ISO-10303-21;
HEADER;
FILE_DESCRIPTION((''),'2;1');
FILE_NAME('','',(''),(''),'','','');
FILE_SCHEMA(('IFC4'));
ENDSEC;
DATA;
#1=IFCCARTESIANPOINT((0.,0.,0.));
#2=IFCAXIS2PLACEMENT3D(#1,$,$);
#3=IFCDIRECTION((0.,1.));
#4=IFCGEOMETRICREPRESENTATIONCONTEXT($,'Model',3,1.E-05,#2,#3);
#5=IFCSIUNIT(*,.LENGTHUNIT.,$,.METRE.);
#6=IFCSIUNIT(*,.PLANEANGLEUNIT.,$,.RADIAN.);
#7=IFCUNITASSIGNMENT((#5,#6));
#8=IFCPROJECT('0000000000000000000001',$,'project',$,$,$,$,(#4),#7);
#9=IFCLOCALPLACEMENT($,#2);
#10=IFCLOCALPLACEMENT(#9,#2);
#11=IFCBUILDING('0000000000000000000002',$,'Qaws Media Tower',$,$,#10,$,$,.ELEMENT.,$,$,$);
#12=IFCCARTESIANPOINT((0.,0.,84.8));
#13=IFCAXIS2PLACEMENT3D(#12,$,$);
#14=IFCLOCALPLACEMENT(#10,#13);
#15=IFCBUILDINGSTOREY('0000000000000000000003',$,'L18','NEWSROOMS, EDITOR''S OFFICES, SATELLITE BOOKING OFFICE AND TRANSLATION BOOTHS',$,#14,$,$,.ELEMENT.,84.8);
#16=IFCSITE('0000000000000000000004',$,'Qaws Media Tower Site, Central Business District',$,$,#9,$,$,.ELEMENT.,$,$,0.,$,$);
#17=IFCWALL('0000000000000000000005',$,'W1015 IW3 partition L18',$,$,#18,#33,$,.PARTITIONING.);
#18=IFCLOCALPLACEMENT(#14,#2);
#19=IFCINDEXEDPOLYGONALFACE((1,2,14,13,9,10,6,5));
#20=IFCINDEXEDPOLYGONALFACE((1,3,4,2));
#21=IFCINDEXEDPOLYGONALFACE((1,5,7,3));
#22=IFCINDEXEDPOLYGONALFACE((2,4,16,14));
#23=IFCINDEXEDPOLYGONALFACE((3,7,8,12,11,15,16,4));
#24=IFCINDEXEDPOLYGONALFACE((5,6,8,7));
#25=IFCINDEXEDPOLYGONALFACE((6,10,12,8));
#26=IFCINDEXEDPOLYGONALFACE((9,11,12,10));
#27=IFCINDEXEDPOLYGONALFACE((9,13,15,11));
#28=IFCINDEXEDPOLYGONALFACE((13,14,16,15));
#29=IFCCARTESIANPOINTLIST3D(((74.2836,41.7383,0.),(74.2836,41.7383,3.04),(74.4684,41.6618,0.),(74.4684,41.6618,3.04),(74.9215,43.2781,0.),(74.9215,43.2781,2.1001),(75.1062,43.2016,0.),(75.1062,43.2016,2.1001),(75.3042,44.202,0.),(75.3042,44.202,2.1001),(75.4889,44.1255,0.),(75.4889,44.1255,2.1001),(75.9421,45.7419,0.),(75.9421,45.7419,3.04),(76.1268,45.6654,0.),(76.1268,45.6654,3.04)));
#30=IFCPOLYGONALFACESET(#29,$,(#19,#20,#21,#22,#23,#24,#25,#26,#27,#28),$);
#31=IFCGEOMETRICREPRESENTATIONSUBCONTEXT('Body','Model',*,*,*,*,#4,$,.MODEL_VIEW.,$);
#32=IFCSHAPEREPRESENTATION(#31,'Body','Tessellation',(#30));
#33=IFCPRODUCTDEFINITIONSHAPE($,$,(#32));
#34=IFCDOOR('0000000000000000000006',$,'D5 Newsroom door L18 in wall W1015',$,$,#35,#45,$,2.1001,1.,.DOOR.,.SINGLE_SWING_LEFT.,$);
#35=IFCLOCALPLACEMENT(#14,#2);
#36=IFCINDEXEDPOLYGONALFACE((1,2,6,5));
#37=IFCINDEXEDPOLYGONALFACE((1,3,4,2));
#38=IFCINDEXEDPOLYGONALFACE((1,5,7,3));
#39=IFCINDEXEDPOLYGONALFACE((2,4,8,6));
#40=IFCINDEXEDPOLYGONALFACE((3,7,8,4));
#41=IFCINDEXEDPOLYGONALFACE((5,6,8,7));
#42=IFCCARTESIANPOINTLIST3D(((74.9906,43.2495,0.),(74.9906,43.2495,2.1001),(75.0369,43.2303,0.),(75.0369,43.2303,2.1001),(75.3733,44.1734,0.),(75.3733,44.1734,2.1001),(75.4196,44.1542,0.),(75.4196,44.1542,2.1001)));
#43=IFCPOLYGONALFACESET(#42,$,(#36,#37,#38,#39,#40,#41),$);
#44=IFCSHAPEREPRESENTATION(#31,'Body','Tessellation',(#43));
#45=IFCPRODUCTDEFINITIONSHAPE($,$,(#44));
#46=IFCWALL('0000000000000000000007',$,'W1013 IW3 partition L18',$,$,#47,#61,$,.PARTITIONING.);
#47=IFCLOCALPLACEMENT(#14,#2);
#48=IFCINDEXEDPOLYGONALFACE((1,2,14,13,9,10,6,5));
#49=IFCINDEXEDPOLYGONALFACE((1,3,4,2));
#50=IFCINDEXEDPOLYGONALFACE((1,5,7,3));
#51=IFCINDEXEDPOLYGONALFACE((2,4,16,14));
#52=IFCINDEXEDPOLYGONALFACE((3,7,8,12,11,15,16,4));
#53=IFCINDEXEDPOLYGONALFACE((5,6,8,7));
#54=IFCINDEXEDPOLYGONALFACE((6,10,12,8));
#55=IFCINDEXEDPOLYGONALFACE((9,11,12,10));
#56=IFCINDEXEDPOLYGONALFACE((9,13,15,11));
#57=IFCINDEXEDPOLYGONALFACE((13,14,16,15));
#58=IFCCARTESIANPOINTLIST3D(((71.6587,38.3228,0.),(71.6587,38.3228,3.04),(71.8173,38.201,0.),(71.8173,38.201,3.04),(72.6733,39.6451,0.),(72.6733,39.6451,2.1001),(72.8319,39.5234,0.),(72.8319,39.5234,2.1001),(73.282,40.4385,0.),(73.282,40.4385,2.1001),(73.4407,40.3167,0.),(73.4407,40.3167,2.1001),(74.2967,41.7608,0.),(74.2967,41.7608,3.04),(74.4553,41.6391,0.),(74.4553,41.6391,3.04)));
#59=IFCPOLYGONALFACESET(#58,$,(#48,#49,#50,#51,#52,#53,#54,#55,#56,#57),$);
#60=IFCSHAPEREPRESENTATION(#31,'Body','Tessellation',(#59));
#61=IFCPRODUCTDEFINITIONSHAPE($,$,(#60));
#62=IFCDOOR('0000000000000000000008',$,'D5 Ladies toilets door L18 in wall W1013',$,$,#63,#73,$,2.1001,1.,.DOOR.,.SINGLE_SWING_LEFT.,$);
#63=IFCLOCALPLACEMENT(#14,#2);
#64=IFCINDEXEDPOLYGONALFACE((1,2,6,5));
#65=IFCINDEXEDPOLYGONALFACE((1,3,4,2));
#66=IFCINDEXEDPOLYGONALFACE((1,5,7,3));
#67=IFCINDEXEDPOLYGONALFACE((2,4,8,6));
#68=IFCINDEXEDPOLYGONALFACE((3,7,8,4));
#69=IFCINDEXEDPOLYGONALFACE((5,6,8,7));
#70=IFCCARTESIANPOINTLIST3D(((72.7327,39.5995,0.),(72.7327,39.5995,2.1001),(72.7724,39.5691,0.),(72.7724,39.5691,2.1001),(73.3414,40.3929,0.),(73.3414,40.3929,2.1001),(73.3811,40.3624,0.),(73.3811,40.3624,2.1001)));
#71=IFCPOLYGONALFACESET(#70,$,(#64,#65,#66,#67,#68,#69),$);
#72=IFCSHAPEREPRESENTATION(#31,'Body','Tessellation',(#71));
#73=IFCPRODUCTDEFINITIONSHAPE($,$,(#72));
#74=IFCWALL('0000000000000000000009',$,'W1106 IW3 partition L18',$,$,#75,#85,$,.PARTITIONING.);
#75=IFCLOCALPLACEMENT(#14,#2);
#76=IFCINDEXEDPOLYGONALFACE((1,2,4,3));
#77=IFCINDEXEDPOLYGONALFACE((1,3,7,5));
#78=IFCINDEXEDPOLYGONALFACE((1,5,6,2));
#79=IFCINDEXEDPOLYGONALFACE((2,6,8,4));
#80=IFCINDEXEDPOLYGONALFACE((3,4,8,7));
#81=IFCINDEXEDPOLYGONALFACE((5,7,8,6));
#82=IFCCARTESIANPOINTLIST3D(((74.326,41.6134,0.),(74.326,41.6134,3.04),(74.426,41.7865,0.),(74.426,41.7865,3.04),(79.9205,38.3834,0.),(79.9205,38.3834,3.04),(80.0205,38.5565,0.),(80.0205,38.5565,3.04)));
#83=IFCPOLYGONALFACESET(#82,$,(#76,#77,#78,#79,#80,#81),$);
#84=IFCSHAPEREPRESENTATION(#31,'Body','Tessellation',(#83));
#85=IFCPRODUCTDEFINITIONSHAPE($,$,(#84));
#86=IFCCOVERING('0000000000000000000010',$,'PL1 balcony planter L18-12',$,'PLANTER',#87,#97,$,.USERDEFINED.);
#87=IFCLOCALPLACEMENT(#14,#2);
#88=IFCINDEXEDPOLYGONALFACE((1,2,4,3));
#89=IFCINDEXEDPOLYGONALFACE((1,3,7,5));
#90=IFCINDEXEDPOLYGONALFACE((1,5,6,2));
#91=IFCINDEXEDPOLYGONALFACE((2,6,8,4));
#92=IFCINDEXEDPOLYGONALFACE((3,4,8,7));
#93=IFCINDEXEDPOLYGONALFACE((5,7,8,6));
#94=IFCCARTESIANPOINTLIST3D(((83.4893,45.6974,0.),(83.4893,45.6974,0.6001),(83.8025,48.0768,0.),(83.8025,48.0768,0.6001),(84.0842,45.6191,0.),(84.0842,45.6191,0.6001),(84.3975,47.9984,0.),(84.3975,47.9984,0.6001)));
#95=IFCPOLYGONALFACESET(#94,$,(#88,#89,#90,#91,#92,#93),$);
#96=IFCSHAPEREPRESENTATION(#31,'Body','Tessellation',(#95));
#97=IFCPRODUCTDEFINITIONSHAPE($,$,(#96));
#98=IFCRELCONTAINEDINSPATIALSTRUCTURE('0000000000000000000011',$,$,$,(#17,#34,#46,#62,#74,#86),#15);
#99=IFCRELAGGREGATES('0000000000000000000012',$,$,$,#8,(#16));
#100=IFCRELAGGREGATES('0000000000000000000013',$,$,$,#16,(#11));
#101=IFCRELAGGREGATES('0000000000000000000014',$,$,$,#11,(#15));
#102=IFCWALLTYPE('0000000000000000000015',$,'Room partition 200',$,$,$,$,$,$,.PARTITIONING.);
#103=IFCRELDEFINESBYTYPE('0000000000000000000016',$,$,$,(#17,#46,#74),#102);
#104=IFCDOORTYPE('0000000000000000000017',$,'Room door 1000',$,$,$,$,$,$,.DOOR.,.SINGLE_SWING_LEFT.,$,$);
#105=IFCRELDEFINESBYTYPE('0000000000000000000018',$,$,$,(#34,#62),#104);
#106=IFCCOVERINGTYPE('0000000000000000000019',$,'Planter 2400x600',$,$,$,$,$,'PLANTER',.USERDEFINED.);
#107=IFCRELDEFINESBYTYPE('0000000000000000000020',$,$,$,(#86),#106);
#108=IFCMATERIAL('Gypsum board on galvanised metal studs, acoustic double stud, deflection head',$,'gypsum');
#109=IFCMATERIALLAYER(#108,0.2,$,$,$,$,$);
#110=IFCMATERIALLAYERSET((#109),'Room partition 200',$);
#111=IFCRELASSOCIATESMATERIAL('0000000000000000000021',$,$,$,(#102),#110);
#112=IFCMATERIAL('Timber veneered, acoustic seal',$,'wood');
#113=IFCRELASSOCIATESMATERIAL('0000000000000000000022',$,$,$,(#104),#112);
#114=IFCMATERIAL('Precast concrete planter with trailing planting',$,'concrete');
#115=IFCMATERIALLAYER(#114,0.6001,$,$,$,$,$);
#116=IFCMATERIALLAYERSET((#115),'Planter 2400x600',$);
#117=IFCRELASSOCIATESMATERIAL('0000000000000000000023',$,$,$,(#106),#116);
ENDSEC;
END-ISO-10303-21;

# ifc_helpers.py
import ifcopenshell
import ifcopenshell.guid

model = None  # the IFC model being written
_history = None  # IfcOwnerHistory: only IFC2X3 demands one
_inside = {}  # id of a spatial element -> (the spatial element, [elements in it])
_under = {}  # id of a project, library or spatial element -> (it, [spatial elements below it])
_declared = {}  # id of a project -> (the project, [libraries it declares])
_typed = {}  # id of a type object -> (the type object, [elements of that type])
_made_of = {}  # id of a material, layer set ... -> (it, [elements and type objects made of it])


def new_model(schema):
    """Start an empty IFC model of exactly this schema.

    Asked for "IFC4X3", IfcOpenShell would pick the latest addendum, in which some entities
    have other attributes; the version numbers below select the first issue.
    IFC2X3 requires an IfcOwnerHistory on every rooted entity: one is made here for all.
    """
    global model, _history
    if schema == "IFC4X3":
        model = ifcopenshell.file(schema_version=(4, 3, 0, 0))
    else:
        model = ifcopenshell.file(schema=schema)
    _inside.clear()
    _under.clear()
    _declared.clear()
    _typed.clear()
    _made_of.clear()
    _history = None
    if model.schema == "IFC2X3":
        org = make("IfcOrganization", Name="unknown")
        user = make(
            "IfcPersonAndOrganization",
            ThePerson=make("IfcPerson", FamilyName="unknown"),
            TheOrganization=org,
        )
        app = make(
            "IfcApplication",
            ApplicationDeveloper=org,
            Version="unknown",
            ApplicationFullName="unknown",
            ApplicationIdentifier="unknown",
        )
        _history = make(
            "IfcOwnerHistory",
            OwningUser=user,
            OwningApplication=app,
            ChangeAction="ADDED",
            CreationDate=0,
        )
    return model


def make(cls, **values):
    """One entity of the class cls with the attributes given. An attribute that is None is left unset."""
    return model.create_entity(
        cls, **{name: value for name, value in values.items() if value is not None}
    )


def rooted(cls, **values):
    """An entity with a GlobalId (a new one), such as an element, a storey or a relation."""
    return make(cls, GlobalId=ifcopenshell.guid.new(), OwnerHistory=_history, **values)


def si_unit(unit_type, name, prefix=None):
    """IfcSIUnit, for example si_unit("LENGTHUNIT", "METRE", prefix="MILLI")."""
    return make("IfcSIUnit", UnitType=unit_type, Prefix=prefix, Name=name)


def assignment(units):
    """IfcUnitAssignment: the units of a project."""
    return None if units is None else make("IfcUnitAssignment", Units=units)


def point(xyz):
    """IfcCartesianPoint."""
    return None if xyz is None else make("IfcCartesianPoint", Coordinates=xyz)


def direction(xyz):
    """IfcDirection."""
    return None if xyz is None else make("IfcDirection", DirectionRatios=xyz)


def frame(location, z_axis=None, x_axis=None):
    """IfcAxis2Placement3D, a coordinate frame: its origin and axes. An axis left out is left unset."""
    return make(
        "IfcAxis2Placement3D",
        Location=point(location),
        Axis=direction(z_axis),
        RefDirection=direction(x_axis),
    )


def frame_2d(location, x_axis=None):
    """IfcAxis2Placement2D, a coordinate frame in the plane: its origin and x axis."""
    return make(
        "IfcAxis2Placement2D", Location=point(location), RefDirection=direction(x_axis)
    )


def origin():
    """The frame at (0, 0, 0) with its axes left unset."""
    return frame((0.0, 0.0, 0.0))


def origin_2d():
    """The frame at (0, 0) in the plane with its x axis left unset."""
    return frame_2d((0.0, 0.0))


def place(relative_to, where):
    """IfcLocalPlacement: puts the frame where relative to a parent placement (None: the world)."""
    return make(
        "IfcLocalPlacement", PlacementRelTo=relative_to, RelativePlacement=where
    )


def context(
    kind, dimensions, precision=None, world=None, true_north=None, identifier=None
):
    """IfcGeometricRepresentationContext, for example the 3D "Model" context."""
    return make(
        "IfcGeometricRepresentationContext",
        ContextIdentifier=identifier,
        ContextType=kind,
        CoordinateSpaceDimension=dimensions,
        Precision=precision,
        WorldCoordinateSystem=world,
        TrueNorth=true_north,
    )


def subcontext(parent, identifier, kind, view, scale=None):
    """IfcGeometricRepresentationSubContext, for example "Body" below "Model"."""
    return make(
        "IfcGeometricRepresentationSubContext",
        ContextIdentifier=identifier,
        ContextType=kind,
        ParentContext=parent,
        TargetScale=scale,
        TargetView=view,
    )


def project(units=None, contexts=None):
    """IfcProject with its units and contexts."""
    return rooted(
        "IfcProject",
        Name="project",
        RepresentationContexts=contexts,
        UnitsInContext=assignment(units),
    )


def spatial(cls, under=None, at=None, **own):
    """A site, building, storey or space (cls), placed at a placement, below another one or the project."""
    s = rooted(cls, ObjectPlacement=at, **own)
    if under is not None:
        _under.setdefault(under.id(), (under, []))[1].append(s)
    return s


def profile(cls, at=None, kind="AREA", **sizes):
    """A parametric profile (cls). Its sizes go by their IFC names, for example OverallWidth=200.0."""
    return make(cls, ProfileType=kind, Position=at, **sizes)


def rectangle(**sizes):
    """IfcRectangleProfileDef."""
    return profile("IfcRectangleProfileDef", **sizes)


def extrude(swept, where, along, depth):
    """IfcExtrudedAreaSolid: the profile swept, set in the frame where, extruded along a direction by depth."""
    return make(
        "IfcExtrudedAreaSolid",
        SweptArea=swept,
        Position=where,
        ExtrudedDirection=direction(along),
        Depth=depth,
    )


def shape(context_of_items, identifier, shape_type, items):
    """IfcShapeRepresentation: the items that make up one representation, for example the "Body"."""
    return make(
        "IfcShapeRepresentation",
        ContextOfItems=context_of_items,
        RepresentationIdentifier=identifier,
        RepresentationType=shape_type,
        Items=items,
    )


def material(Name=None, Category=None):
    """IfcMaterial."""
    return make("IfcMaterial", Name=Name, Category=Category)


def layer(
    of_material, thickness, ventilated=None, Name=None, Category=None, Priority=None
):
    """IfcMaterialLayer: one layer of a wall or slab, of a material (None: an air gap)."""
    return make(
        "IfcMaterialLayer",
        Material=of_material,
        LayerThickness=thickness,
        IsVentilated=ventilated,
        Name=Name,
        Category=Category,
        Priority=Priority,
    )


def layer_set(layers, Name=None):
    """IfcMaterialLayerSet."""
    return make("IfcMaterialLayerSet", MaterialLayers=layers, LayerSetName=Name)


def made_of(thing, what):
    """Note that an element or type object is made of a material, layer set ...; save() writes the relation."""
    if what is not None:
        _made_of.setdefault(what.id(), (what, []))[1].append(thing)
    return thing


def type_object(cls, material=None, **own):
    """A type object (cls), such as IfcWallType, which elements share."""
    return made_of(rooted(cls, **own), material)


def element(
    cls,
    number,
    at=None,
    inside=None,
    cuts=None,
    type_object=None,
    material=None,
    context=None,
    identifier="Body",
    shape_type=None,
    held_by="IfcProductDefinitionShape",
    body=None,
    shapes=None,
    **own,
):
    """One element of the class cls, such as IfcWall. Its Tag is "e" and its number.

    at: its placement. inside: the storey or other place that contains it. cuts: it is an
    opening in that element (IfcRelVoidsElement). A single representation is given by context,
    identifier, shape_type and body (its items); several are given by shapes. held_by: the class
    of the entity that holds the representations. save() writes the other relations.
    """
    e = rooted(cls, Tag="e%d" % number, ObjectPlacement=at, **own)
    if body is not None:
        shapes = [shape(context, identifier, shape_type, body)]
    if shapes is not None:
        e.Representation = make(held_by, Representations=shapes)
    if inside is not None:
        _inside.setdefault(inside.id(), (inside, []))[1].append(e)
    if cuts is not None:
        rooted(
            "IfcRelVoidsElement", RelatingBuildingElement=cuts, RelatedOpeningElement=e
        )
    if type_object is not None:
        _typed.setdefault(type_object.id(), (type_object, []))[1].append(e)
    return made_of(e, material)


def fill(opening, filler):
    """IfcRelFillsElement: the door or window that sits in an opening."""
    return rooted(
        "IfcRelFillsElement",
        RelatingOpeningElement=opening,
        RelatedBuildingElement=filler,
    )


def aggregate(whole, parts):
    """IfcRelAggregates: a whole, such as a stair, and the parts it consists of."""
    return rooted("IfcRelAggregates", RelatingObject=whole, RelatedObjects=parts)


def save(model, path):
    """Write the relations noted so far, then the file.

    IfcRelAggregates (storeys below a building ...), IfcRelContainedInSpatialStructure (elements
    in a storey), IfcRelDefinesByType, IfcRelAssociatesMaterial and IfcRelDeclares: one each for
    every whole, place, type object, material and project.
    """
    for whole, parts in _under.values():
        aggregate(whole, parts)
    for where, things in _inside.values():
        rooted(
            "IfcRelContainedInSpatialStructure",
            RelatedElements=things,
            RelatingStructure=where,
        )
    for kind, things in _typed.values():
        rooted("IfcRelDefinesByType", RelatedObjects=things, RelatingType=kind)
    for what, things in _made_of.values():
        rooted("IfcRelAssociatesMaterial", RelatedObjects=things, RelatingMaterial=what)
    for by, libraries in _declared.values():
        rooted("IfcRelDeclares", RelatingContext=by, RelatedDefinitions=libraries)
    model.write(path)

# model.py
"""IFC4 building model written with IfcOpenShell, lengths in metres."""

from ifc_helpers import new_model, si_unit, direction, frame, frame_2d, origin, origin_2d, place, context, subcontext, project, spatial, rectangle, extrude, material, layer, layer_set, type_object, element, fill, save


model = new_model("IFC4")

# Units and contexts
model_context = context("Model", 3, precision=1e-05, world=origin(), true_north=direction((0.0, 1.0)))
body_context = subcontext(model_context, "Body", "Model", "MODEL_VIEW")
ifc_project = project(units=[si_unit("LENGTHUNIT", "METRE"), si_unit("PLANEANGLEUNIT", "RADIAN")], contexts=[model_context])

# Site, building, storey
site_placement = place(None, origin())
site = spatial("IfcSite", under=ifc_project, at=site_placement, Name="Qaws Media Tower Site, Central Business District", CompositionType="ELEMENT", RefElevation=0.0)
building_placement = place(site_placement, origin())
building = spatial("IfcBuilding", under=site, at=building_placement, Name="Qaws Media Tower", CompositionType="ELEMENT")
storey_placement = place(building_placement, frame((0.0, 0.0, 84.8)))
storey = spatial("IfcBuildingStorey", under=building, at=storey_placement, Name="L18", Description="NEWSROOMS, EDITOR'S OFFICES, SATELLITE BOOKING OFFICE AND TRANSLATION BOOTHS", CompositionType="ELEMENT", Elevation=84.8)

# Walls, openings, doors
ifc_material_1 = material(Name="Gypsum board on galvanised metal studs, acoustic double stud, deflection head", Category="gypsum")
ifc_layer_1 = layer(ifc_material_1, 0.2)
ifc_layer_set_1 = layer_set([ifc_layer_1], Name="Room partition 200")
wall_type_1 = type_object("IfcWallType", Name="Room partition 200", PredefinedType="PARTITIONING", material=ifc_layer_set_1)
wall_1_placement = place(storey_placement, frame((76.0344, 45.7036, 0.0), z_axis=(0.0, 0.0, 1.0), x_axis=(-0.382698, -0.923873, 0.0)))
wall_1 = element("IfcWall", 1, at=wall_1_placement, inside=storey, type_object=wall_type_1, Name="W1015 IW3 partition L18", PredefinedType="PARTITIONING", context=body_context, shape_type="SweptSolid", body=[
    extrude(rectangle(XDim=4.3335, YDim=0.2, at=frame_2d((2.1667, 0.0))), origin(), (0.0, 0.0, 1.0), 3.04),
])
opening_1_placement = place(wall_1_placement, frame((1.6667, 0.0, 0.0)))
opening_1 = element("IfcOpeningElement", 2, at=opening_1_placement, cuts=wall_1, PredefinedType="OPENING", context=body_context, shape_type="SweptSolid", body=[
    extrude(rectangle(XDim=1.0, YDim=2.1001, at=frame_2d((0.5, 1.05))), frame((0.0, 0.1099, 0.0), z_axis=(0.0, -1.0, 0.0), x_axis=(1.0, 0.0, 0.0)), (0.0, 0.0, 1.0), 0.22),
])
ifc_material_2 = material(Name="Timber veneered, acoustic seal", Category="wood")
door_type = type_object("IfcDoorType", Name="Room door 1000", OperationType="SINGLE_SWING_LEFT", PredefinedType="DOOR", material=ifc_material_2)
door_1_placement = place(opening_1_placement, origin())
door_1 = element("IfcDoor", 3, at=door_1_placement, inside=storey, type_object=door_type, Name="D5 Newsroom door L18 in wall W1015", OperationType="SINGLE_SWING_LEFT", OverallHeight=2.1001, OverallWidth=1.0, PredefinedType="DOOR", context=body_context, shape_type="SweptSolid", body=[
    extrude(rectangle(XDim=1.0, YDim=2.1001, at=frame_2d((0.5, 1.05))), frame((0.0, 0.0249, 0.0), z_axis=(0.0, -1.0, 0.0), x_axis=(1.0, 0.0, 0.0)), (0.0, 0.0, 1.0), 0.05),
])
fill(opening_1, door_1)
wall_2_placement = place(storey_placement, frame((74.376, 41.7, 0.0), z_axis=(0.0, 0.0, 1.0), x_axis=(-0.608744, -0.793367, 0.0)))
wall_2 = element("IfcWall", 4, at=wall_2_placement, inside=storey, type_object=wall_type_1, Name="W1013 IW3 partition L18", PredefinedType="PARTITIONING", context=body_context, shape_type="SweptSolid", body=[
    extrude(rectangle(XDim=4.3335, YDim=0.2, at=frame_2d((2.1667, 0.0))), origin(), (0.0, 0.0, 1.0), 3.04),
])
opening_2_placement = place(wall_2_placement, frame((1.6667, 0.0, 0.0)))
opening_2 = element("IfcOpeningElement", 5, at=opening_2_placement, cuts=wall_2, PredefinedType="OPENING", context=body_context, shape_type="SweptSolid", body=[
    extrude(rectangle(XDim=1.0, YDim=2.1001, at=frame_2d((0.5, 1.05))), frame((0.0, 0.1099, 0.0), z_axis=(0.0, -1.0, 0.0), x_axis=(1.0, 0.0, 0.0)), (0.0, 0.0, 1.0), 0.22),
])
door_2_placement = place(opening_2_placement, origin())
door_2 = element("IfcDoor", 6, at=door_2_placement, inside=storey, type_object=door_type, Name="D5 Ladies toilets door L18 in wall W1013", OperationType="SINGLE_SWING_LEFT", OverallHeight=2.1001, OverallWidth=1.0, PredefinedType="DOOR", context=body_context, shape_type="SweptSolid", body=[
    extrude(rectangle(XDim=1.0, YDim=2.1001, at=frame_2d((0.5, 1.05))), frame((0.0, 0.0249, 0.0), z_axis=(0.0, -1.0, 0.0), x_axis=(1.0, 0.0, 0.0)), (0.0, 0.0, 1.0), 0.05),
])
fill(opening_2, door_2)

# Wall
wall_3_placement = place(storey_placement, frame((74.376, 41.7, 0.0), z_axis=(0.0, 0.0, 1.0), x_axis=(0.866025, -0.500001, 0.0)))
element("IfcWall", 7, at=wall_3_placement, inside=storey, type_object=wall_type_1, Name="W1106 IW3 partition L18", PredefinedType="PARTITIONING", context=body_context, shape_type="SweptSolid", body=[
    extrude(rectangle(XDim=6.46, YDim=0.2, at=frame_2d((3.23, 0.0))), origin(), (0.0, 0.0, 1.0), 3.04),
])

# Covering
ifc_material_3 = material(Name="Precast concrete planter with trailing planting", Category="concrete")
ifc_layer_2 = layer(ifc_material_3, 0.6001)
ifc_layer_set_2 = layer_set([ifc_layer_2], Name="Planter 2400x600")
covering_type = type_object("IfcCoveringType", Name="Planter 2400x600", ElementType="PLANTER", PredefinedType="USERDEFINED", material=ifc_layer_set_2)
covering_placement = place(storey_placement, frame((83.9434, 46.8479, 0.0), z_axis=(0.0, 0.0, 1.0), x_axis=(0.130526, 0.991445, 0.0)))
element("IfcCovering", 8, at=covering_placement, inside=storey, type_object=covering_type, Name="PL1 balcony planter L18-12", ObjectType="PLANTER", PredefinedType="USERDEFINED", context=body_context, shape_type="SweptSolid", body=[
    extrude(rectangle(XDim=2.3999, YDim=0.6001, at=origin_2d()), origin(), (0.0, 0.0, 1.0), 0.6001),
])

save(model, "model.ifc")
